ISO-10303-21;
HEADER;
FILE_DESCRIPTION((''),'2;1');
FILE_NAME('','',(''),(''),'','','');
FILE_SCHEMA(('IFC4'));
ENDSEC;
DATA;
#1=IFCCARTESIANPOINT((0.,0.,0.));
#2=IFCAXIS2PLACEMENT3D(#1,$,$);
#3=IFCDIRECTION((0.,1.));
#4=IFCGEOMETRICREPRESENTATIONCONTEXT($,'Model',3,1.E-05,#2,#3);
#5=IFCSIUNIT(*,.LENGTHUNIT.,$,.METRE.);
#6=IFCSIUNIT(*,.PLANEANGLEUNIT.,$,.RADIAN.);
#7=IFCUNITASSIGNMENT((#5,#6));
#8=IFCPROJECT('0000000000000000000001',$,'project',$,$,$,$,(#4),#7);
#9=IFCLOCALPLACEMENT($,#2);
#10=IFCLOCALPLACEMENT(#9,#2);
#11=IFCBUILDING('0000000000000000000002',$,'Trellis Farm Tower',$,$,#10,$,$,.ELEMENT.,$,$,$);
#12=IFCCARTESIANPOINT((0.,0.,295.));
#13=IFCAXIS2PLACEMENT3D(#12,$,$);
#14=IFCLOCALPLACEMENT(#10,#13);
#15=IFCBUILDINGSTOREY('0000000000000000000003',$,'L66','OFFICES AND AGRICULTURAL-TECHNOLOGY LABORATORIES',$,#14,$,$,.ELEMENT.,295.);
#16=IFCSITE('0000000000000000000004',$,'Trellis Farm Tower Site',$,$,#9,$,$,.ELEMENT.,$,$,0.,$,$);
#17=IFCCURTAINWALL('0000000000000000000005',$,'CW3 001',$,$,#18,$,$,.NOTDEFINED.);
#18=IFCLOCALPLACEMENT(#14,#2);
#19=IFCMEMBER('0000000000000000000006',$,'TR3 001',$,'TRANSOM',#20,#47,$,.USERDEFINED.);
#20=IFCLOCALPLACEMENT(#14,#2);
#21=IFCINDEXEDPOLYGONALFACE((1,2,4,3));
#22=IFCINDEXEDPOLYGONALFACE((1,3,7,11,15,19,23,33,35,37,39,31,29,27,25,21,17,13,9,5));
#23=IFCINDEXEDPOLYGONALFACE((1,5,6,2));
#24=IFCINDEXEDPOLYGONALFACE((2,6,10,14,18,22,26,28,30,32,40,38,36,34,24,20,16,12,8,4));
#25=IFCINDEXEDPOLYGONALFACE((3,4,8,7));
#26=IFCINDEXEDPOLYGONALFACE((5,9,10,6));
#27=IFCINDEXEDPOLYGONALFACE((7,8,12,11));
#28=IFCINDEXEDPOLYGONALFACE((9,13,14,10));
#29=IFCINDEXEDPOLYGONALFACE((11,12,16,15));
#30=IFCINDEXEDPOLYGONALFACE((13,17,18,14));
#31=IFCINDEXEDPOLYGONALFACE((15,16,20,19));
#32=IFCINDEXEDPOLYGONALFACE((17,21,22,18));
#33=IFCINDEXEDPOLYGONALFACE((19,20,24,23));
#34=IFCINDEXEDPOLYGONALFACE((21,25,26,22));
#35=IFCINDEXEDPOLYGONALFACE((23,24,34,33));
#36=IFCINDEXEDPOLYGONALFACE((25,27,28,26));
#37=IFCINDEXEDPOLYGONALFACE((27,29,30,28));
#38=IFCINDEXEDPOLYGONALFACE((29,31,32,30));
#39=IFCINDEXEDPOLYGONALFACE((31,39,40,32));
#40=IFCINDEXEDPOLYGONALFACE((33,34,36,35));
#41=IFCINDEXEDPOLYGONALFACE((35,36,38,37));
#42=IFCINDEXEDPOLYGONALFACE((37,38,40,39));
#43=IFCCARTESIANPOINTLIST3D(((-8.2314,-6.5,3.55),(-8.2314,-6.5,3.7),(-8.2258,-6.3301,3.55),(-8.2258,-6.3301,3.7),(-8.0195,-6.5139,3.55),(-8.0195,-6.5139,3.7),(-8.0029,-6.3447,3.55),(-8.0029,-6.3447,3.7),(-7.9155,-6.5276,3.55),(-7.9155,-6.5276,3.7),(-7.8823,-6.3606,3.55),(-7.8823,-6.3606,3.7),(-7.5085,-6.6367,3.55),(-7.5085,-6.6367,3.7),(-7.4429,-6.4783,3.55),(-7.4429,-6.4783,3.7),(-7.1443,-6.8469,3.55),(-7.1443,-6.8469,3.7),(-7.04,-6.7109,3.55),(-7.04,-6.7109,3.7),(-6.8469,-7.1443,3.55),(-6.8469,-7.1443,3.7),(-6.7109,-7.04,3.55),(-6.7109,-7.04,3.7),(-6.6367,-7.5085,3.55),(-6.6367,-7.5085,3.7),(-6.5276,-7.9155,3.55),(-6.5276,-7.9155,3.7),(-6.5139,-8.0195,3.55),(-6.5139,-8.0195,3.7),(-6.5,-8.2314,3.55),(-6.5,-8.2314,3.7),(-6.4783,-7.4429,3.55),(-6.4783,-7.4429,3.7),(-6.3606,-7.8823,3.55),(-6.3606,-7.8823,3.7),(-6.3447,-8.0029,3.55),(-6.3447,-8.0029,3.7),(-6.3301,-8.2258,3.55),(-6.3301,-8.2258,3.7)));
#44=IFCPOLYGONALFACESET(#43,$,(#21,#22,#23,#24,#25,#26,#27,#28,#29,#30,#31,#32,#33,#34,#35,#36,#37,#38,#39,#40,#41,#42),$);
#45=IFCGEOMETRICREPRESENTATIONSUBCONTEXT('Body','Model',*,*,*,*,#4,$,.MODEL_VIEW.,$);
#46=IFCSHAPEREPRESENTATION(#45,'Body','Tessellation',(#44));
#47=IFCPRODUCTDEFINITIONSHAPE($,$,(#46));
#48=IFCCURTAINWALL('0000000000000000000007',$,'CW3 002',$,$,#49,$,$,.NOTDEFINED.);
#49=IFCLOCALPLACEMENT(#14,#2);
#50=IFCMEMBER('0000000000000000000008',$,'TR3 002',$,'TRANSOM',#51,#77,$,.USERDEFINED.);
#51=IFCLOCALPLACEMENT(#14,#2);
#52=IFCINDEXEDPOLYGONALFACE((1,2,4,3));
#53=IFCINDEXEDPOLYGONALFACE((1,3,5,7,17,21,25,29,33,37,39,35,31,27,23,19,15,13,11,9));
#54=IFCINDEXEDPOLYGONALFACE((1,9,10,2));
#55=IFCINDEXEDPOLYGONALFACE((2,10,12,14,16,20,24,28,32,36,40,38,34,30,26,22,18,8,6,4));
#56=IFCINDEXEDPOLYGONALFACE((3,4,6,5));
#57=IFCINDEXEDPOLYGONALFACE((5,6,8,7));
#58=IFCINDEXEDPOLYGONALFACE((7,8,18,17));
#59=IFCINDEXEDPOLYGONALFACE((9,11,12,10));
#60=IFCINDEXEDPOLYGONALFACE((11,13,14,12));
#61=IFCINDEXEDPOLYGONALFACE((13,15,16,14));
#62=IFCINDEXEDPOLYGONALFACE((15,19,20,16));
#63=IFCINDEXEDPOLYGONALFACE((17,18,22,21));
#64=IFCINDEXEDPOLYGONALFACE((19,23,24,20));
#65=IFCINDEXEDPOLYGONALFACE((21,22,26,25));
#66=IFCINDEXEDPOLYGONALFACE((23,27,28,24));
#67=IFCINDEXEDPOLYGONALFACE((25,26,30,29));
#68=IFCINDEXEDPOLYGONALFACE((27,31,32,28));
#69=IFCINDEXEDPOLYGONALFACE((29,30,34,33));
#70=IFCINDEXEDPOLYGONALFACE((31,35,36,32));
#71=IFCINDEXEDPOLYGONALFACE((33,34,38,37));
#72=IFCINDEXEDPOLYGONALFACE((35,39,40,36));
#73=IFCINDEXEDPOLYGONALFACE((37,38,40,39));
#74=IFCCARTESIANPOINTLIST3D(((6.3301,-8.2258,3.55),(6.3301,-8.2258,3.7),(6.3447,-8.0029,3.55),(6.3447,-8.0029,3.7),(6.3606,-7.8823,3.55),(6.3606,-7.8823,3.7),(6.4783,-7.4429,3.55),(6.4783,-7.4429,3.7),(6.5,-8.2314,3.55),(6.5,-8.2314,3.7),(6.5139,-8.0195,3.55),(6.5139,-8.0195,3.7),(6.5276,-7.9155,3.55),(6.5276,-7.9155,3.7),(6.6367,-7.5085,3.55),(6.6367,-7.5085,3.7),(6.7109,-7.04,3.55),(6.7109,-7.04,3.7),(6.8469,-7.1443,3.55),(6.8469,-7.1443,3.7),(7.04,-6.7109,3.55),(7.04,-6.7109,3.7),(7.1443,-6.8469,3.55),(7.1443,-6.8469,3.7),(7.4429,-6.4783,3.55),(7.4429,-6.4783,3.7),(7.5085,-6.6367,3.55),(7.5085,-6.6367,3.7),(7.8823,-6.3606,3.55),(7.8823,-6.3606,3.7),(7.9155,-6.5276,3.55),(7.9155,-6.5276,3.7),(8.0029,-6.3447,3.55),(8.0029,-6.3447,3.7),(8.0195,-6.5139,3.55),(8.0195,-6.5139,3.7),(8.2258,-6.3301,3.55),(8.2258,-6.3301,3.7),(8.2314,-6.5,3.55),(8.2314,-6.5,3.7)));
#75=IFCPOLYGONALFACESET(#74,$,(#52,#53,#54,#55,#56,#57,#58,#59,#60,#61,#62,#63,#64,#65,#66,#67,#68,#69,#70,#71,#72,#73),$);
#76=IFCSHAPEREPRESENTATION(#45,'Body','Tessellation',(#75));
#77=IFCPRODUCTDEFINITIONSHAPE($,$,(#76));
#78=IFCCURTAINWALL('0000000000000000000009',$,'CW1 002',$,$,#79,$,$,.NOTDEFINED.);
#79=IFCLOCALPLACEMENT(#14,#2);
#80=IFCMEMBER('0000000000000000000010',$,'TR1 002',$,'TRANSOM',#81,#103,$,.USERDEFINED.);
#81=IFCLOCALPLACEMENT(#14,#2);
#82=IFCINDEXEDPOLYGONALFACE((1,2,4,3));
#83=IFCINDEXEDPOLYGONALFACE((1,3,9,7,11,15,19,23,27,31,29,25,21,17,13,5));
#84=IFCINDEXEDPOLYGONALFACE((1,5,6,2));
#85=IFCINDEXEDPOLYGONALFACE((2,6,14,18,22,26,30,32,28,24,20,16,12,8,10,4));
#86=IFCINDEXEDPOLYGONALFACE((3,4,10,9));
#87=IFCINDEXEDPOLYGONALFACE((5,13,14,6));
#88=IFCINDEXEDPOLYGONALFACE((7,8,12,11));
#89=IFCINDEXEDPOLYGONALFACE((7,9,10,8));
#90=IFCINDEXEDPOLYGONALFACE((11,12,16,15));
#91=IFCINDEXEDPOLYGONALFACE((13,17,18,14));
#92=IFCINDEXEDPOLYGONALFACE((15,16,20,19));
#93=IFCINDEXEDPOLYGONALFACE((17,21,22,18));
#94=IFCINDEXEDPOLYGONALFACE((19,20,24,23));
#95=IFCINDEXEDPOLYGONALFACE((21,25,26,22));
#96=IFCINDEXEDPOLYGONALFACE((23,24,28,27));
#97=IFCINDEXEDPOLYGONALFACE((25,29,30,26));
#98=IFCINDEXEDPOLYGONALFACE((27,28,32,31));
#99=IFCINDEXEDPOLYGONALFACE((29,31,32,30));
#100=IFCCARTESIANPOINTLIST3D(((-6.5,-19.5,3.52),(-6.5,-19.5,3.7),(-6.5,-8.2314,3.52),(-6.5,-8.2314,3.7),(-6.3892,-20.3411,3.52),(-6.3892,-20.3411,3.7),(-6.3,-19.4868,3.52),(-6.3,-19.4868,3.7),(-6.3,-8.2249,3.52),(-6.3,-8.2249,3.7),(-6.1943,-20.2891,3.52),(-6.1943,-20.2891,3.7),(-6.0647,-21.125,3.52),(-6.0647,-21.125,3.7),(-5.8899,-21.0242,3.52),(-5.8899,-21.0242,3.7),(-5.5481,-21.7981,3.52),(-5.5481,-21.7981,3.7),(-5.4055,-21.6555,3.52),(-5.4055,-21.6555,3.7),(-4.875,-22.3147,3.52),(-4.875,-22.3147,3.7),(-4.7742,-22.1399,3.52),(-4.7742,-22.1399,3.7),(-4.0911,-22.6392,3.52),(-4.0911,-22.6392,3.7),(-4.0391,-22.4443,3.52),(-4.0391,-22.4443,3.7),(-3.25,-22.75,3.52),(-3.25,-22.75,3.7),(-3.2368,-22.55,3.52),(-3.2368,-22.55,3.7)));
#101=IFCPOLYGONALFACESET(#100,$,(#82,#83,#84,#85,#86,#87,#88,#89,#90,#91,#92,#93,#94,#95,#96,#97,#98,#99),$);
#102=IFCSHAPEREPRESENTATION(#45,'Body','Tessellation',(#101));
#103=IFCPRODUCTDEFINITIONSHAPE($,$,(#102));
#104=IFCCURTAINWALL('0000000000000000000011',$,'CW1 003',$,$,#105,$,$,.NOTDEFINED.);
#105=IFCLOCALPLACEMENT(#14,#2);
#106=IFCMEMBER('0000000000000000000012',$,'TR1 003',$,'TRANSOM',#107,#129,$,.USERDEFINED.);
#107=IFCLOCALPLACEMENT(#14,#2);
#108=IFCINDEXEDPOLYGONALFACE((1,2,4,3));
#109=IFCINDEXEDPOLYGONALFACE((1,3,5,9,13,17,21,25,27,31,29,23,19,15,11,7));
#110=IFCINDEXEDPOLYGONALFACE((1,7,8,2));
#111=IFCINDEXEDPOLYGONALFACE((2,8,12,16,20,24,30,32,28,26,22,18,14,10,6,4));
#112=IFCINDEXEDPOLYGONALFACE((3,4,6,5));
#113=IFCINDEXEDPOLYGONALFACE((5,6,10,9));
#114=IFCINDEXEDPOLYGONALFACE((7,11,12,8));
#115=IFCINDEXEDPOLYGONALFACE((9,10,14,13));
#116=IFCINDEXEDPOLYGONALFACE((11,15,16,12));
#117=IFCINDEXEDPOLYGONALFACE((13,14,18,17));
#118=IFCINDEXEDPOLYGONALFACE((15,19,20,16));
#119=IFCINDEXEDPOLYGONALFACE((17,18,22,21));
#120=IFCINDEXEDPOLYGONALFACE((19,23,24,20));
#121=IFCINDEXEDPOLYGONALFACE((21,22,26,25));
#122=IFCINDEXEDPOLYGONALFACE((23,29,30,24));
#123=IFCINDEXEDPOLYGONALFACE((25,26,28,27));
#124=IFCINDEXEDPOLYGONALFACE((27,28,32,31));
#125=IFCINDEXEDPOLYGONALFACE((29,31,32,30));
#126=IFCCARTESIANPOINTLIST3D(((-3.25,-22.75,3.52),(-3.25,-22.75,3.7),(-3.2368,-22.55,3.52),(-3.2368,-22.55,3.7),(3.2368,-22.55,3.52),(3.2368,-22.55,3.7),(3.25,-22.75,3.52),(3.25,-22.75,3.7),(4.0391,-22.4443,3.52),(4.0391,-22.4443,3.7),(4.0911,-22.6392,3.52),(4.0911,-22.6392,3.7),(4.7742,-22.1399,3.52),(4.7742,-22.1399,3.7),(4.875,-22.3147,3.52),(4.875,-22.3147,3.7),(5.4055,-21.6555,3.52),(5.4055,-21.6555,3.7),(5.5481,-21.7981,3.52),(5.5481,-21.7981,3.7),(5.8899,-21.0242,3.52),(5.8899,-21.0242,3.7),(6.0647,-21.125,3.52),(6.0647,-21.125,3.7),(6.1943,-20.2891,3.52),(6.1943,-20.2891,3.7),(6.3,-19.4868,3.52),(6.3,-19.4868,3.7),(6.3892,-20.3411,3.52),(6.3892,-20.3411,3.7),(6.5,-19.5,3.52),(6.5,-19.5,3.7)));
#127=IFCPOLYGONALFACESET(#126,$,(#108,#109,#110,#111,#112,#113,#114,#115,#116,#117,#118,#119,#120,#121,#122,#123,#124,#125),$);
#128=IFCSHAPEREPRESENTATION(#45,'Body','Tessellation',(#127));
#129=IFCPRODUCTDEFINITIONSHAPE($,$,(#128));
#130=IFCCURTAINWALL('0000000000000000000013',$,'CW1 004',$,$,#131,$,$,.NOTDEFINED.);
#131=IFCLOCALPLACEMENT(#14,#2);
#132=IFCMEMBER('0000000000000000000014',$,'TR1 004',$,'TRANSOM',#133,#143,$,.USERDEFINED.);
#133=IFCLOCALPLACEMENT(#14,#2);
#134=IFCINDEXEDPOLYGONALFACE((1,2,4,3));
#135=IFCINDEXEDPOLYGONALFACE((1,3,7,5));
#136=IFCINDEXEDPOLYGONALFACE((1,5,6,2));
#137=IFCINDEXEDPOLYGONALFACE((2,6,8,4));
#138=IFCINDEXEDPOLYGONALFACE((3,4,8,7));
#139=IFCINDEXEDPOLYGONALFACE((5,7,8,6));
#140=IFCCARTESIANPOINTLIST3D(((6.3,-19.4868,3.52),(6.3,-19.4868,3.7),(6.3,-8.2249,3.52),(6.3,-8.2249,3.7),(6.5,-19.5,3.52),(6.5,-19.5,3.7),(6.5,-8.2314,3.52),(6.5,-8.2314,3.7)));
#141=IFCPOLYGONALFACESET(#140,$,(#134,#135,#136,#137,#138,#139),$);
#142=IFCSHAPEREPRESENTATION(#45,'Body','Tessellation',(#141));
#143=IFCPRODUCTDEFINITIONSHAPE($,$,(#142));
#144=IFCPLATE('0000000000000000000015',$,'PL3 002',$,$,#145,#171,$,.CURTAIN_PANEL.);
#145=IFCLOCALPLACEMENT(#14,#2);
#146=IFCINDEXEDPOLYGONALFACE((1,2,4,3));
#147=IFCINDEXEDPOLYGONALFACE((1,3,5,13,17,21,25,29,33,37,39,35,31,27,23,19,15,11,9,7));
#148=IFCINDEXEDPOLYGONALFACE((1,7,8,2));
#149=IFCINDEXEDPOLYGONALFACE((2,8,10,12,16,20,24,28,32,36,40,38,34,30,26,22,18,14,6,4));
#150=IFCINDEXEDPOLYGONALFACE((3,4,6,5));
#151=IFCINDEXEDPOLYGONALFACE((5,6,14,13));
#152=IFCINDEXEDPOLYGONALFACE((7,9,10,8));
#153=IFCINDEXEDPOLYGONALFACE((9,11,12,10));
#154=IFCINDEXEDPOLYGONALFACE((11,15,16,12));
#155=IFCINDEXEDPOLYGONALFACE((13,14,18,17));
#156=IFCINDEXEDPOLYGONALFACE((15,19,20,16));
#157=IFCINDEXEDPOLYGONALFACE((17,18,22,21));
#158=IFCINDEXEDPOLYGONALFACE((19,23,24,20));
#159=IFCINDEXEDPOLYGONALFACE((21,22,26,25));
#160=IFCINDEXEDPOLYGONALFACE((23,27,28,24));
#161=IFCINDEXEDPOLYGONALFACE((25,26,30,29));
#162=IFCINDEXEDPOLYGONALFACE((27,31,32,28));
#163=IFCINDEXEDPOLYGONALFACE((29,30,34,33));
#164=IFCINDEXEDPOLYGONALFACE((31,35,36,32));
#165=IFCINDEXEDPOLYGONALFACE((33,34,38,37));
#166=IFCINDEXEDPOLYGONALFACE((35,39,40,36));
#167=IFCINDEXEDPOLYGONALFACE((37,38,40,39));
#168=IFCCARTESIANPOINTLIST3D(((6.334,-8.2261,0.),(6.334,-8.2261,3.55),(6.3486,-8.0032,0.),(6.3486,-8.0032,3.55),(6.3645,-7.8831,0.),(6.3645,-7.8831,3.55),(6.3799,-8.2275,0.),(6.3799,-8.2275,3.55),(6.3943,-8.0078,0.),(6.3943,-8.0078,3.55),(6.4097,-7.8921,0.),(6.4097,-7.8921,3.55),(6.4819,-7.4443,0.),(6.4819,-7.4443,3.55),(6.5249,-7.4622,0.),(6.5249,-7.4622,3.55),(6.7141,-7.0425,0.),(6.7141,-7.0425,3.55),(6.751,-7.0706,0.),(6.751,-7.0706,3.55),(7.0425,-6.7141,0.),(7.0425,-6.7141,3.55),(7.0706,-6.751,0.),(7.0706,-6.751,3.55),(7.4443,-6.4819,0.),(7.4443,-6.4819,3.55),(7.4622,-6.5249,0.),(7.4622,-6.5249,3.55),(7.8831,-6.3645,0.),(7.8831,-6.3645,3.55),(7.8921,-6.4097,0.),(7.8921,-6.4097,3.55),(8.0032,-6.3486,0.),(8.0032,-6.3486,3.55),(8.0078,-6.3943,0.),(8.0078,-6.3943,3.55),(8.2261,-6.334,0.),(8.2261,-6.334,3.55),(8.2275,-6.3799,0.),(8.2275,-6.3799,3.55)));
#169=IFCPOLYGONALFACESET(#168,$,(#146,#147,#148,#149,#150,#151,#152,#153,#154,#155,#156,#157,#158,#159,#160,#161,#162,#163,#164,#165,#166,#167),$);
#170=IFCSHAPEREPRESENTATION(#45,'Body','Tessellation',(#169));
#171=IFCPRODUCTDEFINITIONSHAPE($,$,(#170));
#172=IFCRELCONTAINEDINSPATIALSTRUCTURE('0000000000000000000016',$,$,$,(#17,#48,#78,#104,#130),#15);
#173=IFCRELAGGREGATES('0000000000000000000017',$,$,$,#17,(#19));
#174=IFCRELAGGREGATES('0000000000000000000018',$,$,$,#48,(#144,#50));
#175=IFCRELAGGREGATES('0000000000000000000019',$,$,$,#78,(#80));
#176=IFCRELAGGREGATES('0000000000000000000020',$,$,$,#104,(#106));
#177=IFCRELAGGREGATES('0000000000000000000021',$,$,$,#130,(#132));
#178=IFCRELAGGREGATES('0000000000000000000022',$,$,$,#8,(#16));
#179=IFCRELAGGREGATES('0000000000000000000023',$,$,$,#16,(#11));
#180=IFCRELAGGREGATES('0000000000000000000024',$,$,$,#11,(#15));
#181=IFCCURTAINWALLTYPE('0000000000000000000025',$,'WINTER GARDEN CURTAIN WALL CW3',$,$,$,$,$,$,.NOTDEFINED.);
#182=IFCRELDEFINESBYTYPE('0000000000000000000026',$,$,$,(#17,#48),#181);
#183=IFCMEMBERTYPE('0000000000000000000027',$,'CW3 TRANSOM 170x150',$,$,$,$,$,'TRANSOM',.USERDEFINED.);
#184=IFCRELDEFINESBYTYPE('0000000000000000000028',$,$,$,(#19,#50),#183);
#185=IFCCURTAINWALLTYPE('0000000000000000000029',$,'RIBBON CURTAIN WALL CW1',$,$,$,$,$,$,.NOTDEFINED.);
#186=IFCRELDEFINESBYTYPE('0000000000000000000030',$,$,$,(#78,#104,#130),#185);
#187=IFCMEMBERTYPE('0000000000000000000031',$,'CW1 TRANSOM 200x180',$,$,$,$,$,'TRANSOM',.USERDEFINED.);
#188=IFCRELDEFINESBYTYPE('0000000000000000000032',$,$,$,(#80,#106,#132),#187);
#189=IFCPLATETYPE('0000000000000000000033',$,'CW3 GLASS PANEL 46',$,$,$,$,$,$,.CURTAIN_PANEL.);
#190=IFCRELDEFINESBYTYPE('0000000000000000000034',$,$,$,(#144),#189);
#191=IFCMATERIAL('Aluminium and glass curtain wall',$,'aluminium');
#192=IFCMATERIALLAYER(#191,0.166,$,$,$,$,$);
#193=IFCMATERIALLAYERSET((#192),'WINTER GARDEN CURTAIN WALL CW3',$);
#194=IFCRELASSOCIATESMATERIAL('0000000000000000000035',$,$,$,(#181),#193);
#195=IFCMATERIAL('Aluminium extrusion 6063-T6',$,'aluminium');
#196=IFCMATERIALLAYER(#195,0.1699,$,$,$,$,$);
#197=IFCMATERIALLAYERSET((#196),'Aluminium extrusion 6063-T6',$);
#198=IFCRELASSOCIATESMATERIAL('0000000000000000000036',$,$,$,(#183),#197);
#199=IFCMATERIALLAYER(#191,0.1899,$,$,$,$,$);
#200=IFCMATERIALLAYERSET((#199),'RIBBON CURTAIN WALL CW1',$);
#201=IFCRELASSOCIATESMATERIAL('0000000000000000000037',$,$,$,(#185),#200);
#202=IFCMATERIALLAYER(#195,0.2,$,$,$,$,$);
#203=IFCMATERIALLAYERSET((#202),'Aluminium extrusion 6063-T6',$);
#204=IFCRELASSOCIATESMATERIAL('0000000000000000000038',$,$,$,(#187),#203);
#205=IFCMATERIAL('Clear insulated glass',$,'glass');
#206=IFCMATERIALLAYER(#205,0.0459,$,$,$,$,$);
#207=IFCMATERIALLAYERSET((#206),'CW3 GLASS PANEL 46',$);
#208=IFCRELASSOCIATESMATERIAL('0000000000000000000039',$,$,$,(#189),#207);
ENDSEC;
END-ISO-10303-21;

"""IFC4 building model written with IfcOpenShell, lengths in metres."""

from ifc_helpers import new_model, si_unit, direction, frame, origin, place, context, subcontext, project, spatial, polyline, outline, extrude, source, transform, mapped, material, layer, layer_set, type_object, element, aggregate, save


model = new_model("IFC4")

# Units and contexts
model_context = context("Model", 3, precision=1e-05, world=origin(), true_north=direction((0.0, 1.0)))
body_context = subcontext(model_context, "Body", "Model", "MODEL_VIEW")
ifc_project = project(units=[si_unit("LENGTHUNIT", "METRE"), si_unit("PLANEANGLEUNIT", "RADIAN")], contexts=[model_context])

# Site, building, storey
site_placement = place(None, origin())
site = spatial("IfcSite", under=ifc_project, at=site_placement, Name="Trellis Farm Tower Site", CompositionType="ELEMENT", RefElevation=0.0)
building_placement = place(site_placement, origin())
building = spatial("IfcBuilding", under=site, at=building_placement, Name="Trellis Farm Tower", CompositionType="ELEMENT")
storey_placement = place(building_placement, frame((0.0, 0.0, 295.0)))
storey = spatial("IfcBuildingStorey", under=building, at=storey_placement, Name="L66", Description="OFFICES AND AGRICULTURAL-TECHNOLOGY LABORATORIES", CompositionType="ELEMENT", Elevation=295.0)

# Curtain walls, members
ifc_material_1 = material(Name="Aluminium and glass curtain wall", Category="aluminium")
ifc_layer_1 = layer(ifc_material_1, 0.166)
ifc_layer_set_1 = layer_set([ifc_layer_1], Name="WINTER GARDEN CURTAIN WALL CW3")
curtain_wall_type_1 = type_object("IfcCurtainWallType", Name="WINTER GARDEN CURTAIN WALL CW3", PredefinedType="NOTDEFINED", material=ifc_layer_set_1)
placement_1 = place(storey_placement, origin())
curtain_wall_1 = element("IfcCurtainWall", 1, at=placement_1, inside=storey, type_object=curtain_wall_type_1, Name="CW3 001", PredefinedType="NOTDEFINED")
ifc_material_2 = material(Name="Aluminium extrusion 6063-T6", Category="aluminium")
ifc_layer_2 = layer(ifc_material_2, 0.1699)
ifc_layer_set_2 = layer_set([ifc_layer_2], Name="Aluminium extrusion 6063-T6")
member_type_1 = type_object("IfcMemberType", Name="CW3 TRANSOM 170x150", ElementType="TRANSOM", PredefinedType="USERDEFINED", material=ifc_layer_set_2)
shared_shape_1 = source(origin(), body_context, "Body", "SweptSolid", [
    extrude(outline(polyline([(-8.2314, -6.5), (-8.0195, -6.5139), (-7.9155, -6.5276), (-7.5085, -6.6367), (-7.1443, -6.8469), (-6.8469, -7.1443), (-6.6367, -7.5085), (-6.5276, -7.9155), (-6.5139, -8.0195), (-6.5, -8.2314), (-6.3301, -8.2258), (-6.3447, -8.0029), (-6.3606, -7.8823), (-6.4783, -7.4429), (-6.7109, -7.04), (-7.04, -6.7109), (-7.4429, -6.4783), (-7.8823, -6.3606), (-8.0029, -6.3447), (-8.2258, -6.3301), (-8.2314, -6.5)])), origin(), (0.0, 0.0, 1.0), 0.1499),
])
placement_2 = place(storey_placement, frame((0.0, 0.0, 3.55)))
member_1 = element("IfcMember", 2, at=placement_2, type_object=member_type_1, Name="TR3 001", ObjectType="TRANSOM", PredefinedType="USERDEFINED", context=body_context, shape_type="MappedRepresentation", body=[
    mapped(shared_shape_1, transform((0.0, 0.0, 0.0))),
])
aggregate(curtain_wall_1, [member_1])
curtain_wall_2 = element("IfcCurtainWall", 3, at=placement_1, inside=storey, type_object=curtain_wall_type_1, Name="CW3 002", PredefinedType="NOTDEFINED")
shared_shape_2 = source(origin(), body_context, "Body", "SweptSolid", [
    extrude(outline(polyline([(6.5, -8.2314), (6.5139, -8.0195), (6.5276, -7.9155), (6.6367, -7.5085), (6.8469, -7.1443), (7.1443, -6.8469), (7.5085, -6.6367), (7.9155, -6.5276), (8.0195, -6.5139), (8.2314, -6.5), (8.2258, -6.3301), (8.0029, -6.3447), (7.8823, -6.3606), (7.4429, -6.4783), (7.04, -6.7109), (6.7109, -7.04), (6.4783, -7.4429), (6.3606, -7.8823), (6.3447, -8.0029), (6.3301, -8.2258), (6.5, -8.2314)])), origin(), (0.0, 0.0, 1.0), 0.1499),
])
member_2 = element("IfcMember", 4, at=placement_2, type_object=member_type_1, Name="TR3 002", ObjectType="TRANSOM", PredefinedType="USERDEFINED", context=body_context, shape_type="MappedRepresentation", body=[
    mapped(shared_shape_2, transform((0.0, 0.0, 0.0))),
])
ifc_layer_3 = layer(ifc_material_1, 0.1899)
ifc_layer_set_3 = layer_set([ifc_layer_3], Name="RIBBON CURTAIN WALL CW1")
curtain_wall_type_2 = type_object("IfcCurtainWallType", Name="RIBBON CURTAIN WALL CW1", PredefinedType="NOTDEFINED", material=ifc_layer_set_3)
curtain_wall_3 = element("IfcCurtainWall", 5, at=placement_1, inside=storey, type_object=curtain_wall_type_2, Name="CW1 002", PredefinedType="NOTDEFINED")
ifc_layer_4 = layer(ifc_material_2, 0.2)
ifc_layer_set_4 = layer_set([ifc_layer_4], Name="Aluminium extrusion 6063-T6")
member_type_2 = type_object("IfcMemberType", Name="CW1 TRANSOM 200x180", ElementType="TRANSOM", PredefinedType="USERDEFINED", material=ifc_layer_set_4)
shared_shape_3 = source(origin(), body_context, "Body", "SweptSolid", [
    extrude(outline(polyline([(-6.5, -8.2314), (-6.5, -19.5), (-6.3892, -20.3411), (-6.0647, -21.125), (-5.5481, -21.7981), (-4.875, -22.3147), (-4.0911, -22.6392), (-3.25, -22.75), (-3.2368, -22.55), (-4.0391, -22.4443), (-4.7742, -22.1399), (-5.4055, -21.6555), (-5.8899, -21.0242), (-6.1943, -20.2891), (-6.3, -19.4868), (-6.3, -8.2249), (-6.5, -8.2314)])), origin(), (0.0, 0.0, 1.0), 0.1799),
])
placement_3 = place(storey_placement, frame((0.0, 0.0, 3.52)))
member_3 = element("IfcMember", 6, at=placement_3, type_object=member_type_2, Name="TR1 002", ObjectType="TRANSOM", PredefinedType="USERDEFINED", context=body_context, shape_type="MappedRepresentation", body=[
    mapped(shared_shape_3, transform((0.0, 0.0, 0.0))),
])
curtain_wall_4 = element("IfcCurtainWall", 7, at=placement_1, inside=storey, type_object=curtain_wall_type_2, Name="CW1 003", PredefinedType="NOTDEFINED")
shared_shape_4 = source(origin(), body_context, "Body", "SweptSolid", [
    extrude(outline(polyline([(-3.25, -22.75), (3.25, -22.75), (4.0911, -22.6392), (4.875, -22.3147), (5.5481, -21.7981), (6.0647, -21.125), (6.3892, -20.3411), (6.5, -19.5), (6.3, -19.4868), (6.1943, -20.2891), (5.8899, -21.0242), (5.4055, -21.6555), (4.7742, -22.1399), (4.0391, -22.4443), (3.2368, -22.55), (-3.2368, -22.55), (-3.25, -22.75)])), origin(), (0.0, 0.0, 1.0), 0.1799),
])
member_4 = element("IfcMember", 8, at=placement_3, type_object=member_type_2, Name="TR1 003", ObjectType="TRANSOM", PredefinedType="USERDEFINED", context=body_context, shape_type="MappedRepresentation", body=[
    mapped(shared_shape_4, transform((0.0, 0.0, 0.0))),
])
curtain_wall_5 = element("IfcCurtainWall", 9, at=placement_1, inside=storey, type_object=curtain_wall_type_2, Name="CW1 004", PredefinedType="NOTDEFINED")
shared_shape_5 = source(origin(), body_context, "Body", "SweptSolid", [
    extrude(outline(polyline([(6.5, -19.5), (6.5, -8.2314), (6.3, -8.2249), (6.3, -19.4868), (6.5, -19.5)])), origin(), (0.0, 0.0, 1.0), 0.1799),
])
member_5 = element("IfcMember", 10, at=placement_3, type_object=member_type_2, Name="TR1 004", ObjectType="TRANSOM", PredefinedType="USERDEFINED", context=body_context, shape_type="MappedRepresentation", body=[
    mapped(shared_shape_5, transform((0.0, 0.0, 0.0))),
])

# Plate
ifc_material_3 = material(Name="Clear insulated glass", Category="glass")
ifc_layer_5 = layer(ifc_material_3, 0.0459)
ifc_layer_set_5 = layer_set([ifc_layer_5], Name="CW3 GLASS PANEL 46")
plate_type_1 = type_object("IfcPlateType", Name="CW3 GLASS PANEL 46", PredefinedType="CURTAIN_PANEL", material=ifc_layer_set_5)
shared_shape_6 = source(origin(), body_context, "Body", "SweptSolid", [
    extrude(outline(polyline([(6.3799, -8.2275), (6.3943, -8.0078), (6.4097, -7.8921), (6.5249, -7.4622), (6.751, -7.0706), (7.0706, -6.751), (7.4622, -6.5249), (7.8921, -6.4097), (8.0078, -6.3943), (8.2275, -6.3799), (8.2261, -6.334), (8.0032, -6.3486), (7.8831, -6.3645), (7.4443, -6.4819), (7.0425, -6.7141), (6.7141, -7.0425), (6.4819, -7.4443), (6.3645, -7.8831), (6.3486, -8.0032), (6.334, -8.2261), (6.3799, -8.2275)])), origin(), (0.0, 0.0, 1.0), 3.55),
])
plate_1 = element("IfcPlate", 11, at=placement_1, type_object=plate_type_1, Name="PL3 002", PredefinedType="CURTAIN_PANEL", context=body_context, shape_type="MappedRepresentation", body=[
    mapped(shared_shape_6, transform((0.0, 0.0, 0.0))),
])
aggregate(curtain_wall_2, [plate_1, member_2])
aggregate(curtain_wall_3, [member_3])
aggregate(curtain_wall_4, [member_4])
aggregate(curtain_wall_5, [member_5])

save(model, "model.ifc")
